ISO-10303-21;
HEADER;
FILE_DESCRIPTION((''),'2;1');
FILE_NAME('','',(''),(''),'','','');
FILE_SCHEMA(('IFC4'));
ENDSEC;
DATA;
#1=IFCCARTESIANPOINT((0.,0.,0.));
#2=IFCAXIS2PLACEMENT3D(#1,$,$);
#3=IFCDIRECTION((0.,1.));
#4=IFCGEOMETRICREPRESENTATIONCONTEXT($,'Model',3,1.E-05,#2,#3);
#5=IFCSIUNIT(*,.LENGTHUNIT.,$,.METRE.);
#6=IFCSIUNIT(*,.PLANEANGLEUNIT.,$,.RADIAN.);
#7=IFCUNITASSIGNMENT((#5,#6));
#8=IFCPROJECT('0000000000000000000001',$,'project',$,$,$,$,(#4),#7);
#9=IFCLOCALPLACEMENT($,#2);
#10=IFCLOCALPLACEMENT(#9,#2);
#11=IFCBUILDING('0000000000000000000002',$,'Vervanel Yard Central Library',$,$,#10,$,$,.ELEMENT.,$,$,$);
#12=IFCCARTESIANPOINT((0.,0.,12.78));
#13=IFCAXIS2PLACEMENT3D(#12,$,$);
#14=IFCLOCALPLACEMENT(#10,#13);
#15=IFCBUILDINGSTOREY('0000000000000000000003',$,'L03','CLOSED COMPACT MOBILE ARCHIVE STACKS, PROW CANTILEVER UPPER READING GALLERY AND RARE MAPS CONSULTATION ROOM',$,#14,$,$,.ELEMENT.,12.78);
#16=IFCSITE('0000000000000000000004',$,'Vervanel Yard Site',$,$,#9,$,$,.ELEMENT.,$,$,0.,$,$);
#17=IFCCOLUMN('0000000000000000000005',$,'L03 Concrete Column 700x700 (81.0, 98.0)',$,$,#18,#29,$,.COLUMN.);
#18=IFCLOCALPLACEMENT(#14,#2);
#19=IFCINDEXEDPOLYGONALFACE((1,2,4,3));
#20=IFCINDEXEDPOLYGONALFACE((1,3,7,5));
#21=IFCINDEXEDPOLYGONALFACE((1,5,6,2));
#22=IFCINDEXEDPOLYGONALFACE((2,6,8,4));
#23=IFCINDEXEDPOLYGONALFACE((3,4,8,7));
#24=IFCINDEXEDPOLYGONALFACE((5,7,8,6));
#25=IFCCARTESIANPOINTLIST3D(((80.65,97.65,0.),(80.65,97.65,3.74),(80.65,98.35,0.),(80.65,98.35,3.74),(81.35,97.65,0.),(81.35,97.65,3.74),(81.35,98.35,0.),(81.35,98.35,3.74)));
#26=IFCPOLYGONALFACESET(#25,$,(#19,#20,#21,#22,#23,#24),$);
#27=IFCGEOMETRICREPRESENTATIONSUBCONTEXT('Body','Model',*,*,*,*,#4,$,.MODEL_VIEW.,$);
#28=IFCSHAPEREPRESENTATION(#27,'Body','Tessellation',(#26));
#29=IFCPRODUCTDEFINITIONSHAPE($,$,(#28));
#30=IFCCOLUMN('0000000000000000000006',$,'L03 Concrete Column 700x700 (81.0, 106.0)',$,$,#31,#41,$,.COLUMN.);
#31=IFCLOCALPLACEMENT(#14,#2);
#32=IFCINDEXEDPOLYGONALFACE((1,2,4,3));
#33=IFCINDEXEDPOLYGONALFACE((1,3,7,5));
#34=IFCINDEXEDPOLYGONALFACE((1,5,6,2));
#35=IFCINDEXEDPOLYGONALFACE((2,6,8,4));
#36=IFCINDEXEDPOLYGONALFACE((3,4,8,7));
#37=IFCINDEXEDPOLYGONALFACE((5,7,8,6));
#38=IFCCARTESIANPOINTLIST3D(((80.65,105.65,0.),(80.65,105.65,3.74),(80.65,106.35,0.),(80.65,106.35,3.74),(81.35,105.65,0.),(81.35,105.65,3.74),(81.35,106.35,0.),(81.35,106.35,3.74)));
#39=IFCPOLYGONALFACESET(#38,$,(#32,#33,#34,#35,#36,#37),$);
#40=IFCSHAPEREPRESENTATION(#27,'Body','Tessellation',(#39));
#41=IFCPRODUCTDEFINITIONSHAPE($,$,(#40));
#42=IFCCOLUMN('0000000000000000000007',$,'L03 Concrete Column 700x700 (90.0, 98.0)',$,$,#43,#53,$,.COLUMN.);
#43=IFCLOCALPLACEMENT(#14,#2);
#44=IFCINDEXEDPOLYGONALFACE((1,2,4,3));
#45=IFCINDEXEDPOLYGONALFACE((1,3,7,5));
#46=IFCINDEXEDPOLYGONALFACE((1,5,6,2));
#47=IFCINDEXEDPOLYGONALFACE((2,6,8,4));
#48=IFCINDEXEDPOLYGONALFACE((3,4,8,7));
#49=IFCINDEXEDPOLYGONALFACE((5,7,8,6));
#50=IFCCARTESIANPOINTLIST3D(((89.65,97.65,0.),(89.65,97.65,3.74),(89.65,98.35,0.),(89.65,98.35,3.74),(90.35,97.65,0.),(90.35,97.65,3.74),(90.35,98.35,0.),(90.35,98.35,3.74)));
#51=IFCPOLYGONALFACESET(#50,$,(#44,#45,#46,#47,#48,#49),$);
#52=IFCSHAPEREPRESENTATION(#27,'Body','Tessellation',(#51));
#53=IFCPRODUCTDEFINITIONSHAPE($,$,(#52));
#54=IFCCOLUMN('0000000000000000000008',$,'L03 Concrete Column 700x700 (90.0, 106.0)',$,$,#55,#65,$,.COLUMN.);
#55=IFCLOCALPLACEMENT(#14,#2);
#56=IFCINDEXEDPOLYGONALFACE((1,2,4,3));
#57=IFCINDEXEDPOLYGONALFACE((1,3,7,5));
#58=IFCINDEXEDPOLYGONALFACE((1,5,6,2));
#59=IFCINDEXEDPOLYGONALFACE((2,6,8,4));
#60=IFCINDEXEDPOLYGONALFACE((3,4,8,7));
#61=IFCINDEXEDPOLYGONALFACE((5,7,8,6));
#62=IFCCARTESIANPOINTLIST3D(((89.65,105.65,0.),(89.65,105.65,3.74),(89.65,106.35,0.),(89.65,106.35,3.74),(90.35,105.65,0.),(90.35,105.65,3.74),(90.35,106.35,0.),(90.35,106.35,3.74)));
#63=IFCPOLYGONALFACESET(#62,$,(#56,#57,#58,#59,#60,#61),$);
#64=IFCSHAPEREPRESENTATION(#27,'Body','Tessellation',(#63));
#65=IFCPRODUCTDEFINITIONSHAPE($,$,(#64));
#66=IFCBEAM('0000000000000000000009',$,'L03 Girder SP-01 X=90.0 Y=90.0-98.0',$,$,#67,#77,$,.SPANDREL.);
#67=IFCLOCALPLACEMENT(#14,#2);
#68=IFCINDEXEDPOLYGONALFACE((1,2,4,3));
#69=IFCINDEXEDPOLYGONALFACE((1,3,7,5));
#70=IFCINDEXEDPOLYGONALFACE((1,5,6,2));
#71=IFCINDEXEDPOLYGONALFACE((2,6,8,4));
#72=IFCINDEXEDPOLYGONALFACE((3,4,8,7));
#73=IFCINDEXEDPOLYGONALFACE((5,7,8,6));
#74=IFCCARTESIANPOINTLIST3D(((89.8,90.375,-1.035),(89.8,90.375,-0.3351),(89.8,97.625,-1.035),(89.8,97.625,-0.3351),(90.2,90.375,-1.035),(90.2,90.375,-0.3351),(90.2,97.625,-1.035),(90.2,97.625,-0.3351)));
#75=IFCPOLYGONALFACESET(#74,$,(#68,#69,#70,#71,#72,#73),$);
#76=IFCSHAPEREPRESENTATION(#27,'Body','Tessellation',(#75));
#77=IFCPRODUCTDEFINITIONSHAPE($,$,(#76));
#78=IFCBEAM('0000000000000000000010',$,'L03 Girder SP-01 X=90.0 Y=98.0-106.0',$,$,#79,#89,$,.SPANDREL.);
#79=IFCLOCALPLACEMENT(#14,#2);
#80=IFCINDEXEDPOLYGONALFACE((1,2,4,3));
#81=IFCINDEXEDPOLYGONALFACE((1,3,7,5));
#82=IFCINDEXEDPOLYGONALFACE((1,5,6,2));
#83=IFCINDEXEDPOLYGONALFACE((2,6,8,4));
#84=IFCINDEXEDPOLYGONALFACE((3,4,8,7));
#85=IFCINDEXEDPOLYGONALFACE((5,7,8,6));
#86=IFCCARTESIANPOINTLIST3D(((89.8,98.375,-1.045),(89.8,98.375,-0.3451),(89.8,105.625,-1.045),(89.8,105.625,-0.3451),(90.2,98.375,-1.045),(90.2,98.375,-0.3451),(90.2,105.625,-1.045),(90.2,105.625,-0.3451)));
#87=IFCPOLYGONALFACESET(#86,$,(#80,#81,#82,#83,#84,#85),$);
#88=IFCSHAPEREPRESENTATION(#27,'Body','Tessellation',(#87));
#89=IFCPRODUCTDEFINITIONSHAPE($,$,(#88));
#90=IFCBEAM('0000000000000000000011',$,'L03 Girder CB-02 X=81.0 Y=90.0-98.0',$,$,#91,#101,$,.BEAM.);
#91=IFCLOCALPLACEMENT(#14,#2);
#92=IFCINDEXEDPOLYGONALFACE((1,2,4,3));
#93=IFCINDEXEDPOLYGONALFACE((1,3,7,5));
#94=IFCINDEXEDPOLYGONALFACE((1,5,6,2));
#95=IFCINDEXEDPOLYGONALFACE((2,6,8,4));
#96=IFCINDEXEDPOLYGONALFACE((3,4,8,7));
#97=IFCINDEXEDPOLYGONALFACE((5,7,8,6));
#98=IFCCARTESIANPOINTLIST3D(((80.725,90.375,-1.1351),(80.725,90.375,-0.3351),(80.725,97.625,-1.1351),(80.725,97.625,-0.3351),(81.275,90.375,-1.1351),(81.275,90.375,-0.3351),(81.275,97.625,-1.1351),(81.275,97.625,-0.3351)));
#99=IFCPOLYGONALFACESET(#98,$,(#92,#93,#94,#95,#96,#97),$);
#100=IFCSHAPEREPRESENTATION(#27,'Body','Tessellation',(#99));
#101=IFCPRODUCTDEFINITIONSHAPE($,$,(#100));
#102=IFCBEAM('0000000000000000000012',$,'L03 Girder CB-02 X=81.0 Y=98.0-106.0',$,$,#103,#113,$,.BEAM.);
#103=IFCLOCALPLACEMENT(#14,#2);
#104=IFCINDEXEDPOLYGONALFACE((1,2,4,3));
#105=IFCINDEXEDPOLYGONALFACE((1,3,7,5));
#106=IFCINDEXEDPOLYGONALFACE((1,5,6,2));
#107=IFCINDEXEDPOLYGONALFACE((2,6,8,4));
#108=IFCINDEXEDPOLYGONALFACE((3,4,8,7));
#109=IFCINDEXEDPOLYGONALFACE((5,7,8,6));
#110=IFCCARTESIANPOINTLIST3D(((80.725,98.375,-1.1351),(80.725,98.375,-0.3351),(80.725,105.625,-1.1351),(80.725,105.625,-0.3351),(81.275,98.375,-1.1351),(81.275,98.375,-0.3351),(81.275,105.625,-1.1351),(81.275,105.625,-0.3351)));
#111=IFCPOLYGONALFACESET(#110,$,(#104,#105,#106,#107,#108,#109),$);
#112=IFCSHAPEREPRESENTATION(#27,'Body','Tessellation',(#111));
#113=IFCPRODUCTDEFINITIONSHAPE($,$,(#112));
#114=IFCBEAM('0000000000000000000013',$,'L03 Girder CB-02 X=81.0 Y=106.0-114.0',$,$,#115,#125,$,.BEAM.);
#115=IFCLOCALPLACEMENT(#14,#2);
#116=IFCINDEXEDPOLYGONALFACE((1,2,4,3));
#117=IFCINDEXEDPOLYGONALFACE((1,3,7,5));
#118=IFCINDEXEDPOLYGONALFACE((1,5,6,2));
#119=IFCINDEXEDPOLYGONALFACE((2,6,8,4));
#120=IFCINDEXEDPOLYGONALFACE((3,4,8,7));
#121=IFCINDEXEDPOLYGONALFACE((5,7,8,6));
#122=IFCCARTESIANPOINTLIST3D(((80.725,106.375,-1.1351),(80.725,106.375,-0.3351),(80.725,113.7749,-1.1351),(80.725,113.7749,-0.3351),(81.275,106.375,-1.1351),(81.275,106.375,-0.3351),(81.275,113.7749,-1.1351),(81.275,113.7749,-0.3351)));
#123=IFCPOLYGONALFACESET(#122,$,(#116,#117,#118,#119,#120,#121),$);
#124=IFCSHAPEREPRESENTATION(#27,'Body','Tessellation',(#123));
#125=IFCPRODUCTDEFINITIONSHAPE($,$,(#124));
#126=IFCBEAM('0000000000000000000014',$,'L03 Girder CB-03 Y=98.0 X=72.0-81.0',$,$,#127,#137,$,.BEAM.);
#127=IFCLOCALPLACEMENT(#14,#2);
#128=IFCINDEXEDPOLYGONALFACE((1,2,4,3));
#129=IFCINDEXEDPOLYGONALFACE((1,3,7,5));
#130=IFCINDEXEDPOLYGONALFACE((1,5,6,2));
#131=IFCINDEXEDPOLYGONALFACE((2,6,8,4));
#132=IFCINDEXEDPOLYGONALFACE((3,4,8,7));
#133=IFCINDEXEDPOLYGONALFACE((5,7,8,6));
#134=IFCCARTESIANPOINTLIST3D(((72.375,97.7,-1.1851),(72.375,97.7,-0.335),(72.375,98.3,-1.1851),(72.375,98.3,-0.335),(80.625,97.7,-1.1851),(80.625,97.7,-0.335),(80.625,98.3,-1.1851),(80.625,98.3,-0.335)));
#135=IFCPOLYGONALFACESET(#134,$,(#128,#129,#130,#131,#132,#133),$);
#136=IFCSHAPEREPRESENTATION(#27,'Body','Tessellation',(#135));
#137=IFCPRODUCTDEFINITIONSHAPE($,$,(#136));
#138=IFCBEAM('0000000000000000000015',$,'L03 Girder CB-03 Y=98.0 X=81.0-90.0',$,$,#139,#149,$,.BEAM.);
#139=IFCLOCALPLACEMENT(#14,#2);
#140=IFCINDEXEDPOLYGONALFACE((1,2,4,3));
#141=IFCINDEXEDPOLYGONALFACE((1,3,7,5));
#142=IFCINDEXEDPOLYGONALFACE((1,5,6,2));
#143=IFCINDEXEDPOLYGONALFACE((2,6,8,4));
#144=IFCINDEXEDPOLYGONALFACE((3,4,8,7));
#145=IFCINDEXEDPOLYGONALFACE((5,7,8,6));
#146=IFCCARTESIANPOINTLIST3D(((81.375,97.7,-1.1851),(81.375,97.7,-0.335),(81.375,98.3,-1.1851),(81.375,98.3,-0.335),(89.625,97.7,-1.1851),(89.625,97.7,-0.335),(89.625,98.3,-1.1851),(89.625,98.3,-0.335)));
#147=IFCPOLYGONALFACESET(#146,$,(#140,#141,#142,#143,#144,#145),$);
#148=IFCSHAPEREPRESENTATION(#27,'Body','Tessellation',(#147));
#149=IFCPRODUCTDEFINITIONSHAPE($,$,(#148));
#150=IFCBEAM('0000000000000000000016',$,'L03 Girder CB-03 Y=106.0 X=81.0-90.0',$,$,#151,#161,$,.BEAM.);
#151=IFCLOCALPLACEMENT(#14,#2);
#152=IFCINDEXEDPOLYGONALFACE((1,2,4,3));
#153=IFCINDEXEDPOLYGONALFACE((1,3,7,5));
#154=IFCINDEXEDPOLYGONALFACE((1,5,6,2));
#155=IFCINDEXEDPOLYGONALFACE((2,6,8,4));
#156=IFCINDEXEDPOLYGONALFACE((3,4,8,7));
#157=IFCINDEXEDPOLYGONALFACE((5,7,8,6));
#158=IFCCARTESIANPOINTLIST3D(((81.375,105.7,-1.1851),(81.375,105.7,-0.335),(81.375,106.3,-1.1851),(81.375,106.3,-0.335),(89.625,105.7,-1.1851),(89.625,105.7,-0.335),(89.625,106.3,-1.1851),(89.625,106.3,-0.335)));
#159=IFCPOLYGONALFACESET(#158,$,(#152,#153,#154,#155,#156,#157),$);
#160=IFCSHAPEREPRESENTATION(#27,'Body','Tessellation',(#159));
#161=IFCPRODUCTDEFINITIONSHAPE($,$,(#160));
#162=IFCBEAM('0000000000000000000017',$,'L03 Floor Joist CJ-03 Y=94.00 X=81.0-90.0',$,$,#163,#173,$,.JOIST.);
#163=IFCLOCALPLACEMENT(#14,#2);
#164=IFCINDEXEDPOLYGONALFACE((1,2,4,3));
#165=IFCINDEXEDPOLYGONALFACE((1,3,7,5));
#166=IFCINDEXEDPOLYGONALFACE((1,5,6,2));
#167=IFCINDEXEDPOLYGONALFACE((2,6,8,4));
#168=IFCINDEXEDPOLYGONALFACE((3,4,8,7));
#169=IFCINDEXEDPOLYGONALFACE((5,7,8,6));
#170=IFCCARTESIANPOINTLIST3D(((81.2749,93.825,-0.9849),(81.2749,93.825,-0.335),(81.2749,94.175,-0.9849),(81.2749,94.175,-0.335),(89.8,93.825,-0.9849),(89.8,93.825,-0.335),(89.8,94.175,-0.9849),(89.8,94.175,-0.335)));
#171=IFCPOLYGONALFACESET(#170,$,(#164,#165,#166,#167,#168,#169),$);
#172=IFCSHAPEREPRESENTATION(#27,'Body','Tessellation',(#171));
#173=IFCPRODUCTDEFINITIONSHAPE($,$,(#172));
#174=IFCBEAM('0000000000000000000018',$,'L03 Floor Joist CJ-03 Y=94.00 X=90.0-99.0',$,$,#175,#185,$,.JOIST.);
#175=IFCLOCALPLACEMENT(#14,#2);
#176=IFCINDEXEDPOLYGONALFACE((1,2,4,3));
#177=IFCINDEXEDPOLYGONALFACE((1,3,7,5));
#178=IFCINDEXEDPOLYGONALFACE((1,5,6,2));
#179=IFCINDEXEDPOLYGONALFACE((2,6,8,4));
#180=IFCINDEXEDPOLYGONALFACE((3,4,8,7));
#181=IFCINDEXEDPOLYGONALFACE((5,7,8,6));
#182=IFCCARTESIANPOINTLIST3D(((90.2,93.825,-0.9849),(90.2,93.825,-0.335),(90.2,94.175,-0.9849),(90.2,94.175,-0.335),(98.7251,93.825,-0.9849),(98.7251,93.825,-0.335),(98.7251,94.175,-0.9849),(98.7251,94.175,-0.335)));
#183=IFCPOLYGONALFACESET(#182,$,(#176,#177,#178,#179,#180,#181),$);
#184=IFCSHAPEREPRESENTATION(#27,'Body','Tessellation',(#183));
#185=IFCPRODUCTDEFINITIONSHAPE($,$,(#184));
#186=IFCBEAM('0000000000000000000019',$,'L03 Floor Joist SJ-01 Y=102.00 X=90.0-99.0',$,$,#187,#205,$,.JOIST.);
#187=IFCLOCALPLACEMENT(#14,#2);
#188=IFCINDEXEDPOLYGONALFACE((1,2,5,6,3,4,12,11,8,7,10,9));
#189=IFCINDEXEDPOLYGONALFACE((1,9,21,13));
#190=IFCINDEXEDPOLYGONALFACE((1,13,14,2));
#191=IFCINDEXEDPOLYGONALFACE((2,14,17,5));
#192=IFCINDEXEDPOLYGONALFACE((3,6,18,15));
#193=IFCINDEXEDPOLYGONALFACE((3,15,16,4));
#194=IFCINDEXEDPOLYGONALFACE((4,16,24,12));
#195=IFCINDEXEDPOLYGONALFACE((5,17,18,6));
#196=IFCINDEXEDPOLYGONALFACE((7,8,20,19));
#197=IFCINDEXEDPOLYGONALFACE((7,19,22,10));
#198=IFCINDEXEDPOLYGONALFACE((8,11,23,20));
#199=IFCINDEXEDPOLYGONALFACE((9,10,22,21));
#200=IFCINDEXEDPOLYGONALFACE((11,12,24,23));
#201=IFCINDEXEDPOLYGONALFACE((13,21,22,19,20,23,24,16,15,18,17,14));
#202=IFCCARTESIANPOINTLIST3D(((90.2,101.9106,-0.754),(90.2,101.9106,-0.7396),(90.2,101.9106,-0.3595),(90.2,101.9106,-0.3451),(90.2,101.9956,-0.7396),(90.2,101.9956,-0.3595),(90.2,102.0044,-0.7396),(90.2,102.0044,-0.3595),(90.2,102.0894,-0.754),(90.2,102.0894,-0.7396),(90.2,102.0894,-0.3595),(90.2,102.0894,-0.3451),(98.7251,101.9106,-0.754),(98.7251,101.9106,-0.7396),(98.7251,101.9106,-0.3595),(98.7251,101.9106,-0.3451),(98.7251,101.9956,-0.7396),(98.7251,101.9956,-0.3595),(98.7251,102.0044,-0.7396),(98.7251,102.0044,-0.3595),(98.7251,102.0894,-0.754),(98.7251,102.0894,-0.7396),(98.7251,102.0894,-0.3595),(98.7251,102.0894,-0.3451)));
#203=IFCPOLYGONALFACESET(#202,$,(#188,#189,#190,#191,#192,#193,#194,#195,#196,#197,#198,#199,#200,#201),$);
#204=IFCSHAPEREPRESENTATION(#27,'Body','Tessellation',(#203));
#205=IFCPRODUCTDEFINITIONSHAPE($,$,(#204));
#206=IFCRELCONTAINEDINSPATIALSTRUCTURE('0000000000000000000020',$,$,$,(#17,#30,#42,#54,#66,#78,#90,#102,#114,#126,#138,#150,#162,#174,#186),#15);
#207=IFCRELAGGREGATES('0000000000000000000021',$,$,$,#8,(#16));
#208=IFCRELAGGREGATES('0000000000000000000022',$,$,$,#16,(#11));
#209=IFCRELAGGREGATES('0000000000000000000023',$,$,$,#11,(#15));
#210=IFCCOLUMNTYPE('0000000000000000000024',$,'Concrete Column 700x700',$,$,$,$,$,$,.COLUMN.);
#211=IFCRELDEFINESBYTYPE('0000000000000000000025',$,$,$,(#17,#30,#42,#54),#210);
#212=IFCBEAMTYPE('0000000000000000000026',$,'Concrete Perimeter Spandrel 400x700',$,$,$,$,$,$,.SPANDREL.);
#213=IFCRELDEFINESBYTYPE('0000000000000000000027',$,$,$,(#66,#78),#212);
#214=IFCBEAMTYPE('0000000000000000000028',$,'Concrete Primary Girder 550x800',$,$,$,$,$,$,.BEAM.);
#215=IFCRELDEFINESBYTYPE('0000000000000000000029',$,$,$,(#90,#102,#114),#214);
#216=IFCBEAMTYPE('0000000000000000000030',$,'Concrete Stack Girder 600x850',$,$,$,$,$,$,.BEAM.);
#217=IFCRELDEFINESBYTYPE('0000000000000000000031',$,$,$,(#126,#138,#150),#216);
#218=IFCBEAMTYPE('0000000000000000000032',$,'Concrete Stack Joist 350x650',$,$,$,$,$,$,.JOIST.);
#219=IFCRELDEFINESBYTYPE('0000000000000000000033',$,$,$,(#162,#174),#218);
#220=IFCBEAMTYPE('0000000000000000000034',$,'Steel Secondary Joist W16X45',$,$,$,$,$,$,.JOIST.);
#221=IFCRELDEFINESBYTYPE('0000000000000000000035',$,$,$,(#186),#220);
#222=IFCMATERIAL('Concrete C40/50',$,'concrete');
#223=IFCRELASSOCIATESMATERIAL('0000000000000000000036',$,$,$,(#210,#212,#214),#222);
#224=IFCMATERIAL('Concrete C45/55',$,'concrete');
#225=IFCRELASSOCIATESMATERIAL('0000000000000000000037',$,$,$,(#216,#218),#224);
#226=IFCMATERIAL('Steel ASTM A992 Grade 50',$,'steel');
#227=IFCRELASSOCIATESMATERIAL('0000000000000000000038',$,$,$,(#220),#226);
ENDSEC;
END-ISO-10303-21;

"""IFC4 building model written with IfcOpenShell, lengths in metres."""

from ifc_helpers import new_model, si_unit, direction, frame, origin, origin_2d, place, context, subcontext, project, spatial, rectangle, i_section, extrude, material, material_profile, profile_set, type_object, element, save


model = new_model("IFC4")

# Units and contexts
model_context = context("Model", 3, precision=1e-05, world=origin(), true_north=direction((0.0, 1.0)))
body_context = subcontext(model_context, "Body", "Model", "MODEL_VIEW")
ifc_project = project(units=[si_unit("LENGTHUNIT", "METRE"), si_unit("PLANEANGLEUNIT", "RADIAN")], contexts=[model_context])

# Site, building, storey
site_placement = place(None, origin())
site = spatial("IfcSite", under=ifc_project, at=site_placement, Name="Vervanel Yard Site", CompositionType="ELEMENT", RefElevation=0.0)
building_placement = place(site_placement, origin())
building = spatial("IfcBuilding", under=site, at=building_placement, Name="Vervanel Yard Central Library", CompositionType="ELEMENT")
storey_placement = place(building_placement, frame((0.0, 0.0, 12.78)))
storey = spatial("IfcBuildingStorey", under=building, at=storey_placement, Name="L03", Description="CLOSED COMPACT MOBILE ARCHIVE STACKS, PROW CANTILEVER UPPER READING GALLERY AND RARE MAPS CONSULTATION ROOM", CompositionType="ELEMENT", Elevation=12.78)

# Columns
ifc_material_1 = material(Name="Concrete C40/50", Category="concrete")
ifc_material_profile_1 = material_profile(ifc_material_1, rectangle(XDim=0.7, YDim=0.7, at=origin_2d()), Name="RC 700x700", Category="concrete")
ifc_profile_set_1 = profile_set([ifc_material_profile_1], Name="Concrete C40/50")
column_type = type_object("IfcColumnType", Name="Concrete Column 700x700", PredefinedType="COLUMN", material=ifc_profile_set_1)
for number, where, z_axis, x_axis, name in (
    (1, (81.0, 98.0, 0.0), (0.0, 0.0, 1.0), (1.0, 0.0, 0.0), "L03 Concrete Column 700x700 (81.0, 98.0)"),
    (2, (81.0, 106.0, 0.0), (0.0, 0.0, 1.0), (1.0, 0.0, 0.0), "L03 Concrete Column 700x700 (81.0, 106.0)"),
    (3, (90.0, 98.0, 0.0), (0.0, 0.0, 1.0), (1.0, 0.0, 0.0), "L03 Concrete Column 700x700 (90.0, 98.0)"),
    (4, (90.0, 106.0, 0.0), (0.0, 0.0, 1.0), (1.0, 0.0, 0.0), "L03 Concrete Column 700x700 (90.0, 106.0)"),
):
    element("IfcColumn", number, at=place(storey_placement, frame(where, z_axis=z_axis, x_axis=x_axis)), inside=storey, type_object=column_type, Name=name, PredefinedType="COLUMN", context=body_context, shape_type="SweptSolid", body=[
        extrude(rectangle(XDim=0.7, YDim=0.7, at=origin_2d()), origin(), (0.0, 0.0, 1.0), 3.74),
    ])

# Beams
ifc_material_profile_2 = material_profile(ifc_material_1, rectangle(XDim=0.3999, YDim=0.7, at=origin_2d()), Name="RC 400x700", Category="concrete")
ifc_profile_set_2 = profile_set([ifc_material_profile_2], Name="Concrete C40/50")
beam_type_1 = type_object("IfcBeamType", Name="Concrete Perimeter Spandrel 400x700", PredefinedType="SPANDREL", material=ifc_profile_set_2)
for number, where, z_axis, x_axis, name in (
    (5, (90.0, 90.375, -0.6851), (0.0, 1.0, 0.0), (-1.0, 0.0, 0.0), "L03 Girder SP-01 X=90.0 Y=90.0-98.0"),
    (6, (90.0, 98.375, -0.6951), (0.0, 1.0, 0.0), (-1.0, 0.0, 0.0), "L03 Girder SP-01 X=90.0 Y=98.0-106.0"),
):
    element("IfcBeam", number, at=place(storey_placement, frame(where, z_axis=z_axis, x_axis=x_axis)), inside=storey, type_object=beam_type_1, Name=name, PredefinedType="SPANDREL", context=body_context, shape_type="SweptSolid", body=[
        extrude(rectangle(XDim=0.3999, YDim=0.7, at=origin_2d()), origin(), (0.0, 0.0, 1.0), 7.25),
    ])
ifc_material_profile_3 = material_profile(ifc_material_1, rectangle(XDim=0.55, YDim=0.8, at=origin_2d()), Name="RC 550x800", Category="concrete")
ifc_profile_set_3 = profile_set([ifc_material_profile_3], Name="Concrete C40/50")
beam_type_2 = type_object("IfcBeamType", Name="Concrete Primary Girder 550x800", PredefinedType="BEAM", material=ifc_profile_set_3)
for number, where, z_axis, x_axis, name in (
    (7, (81.0, 90.375, -0.7351), (0.0, 1.0, 0.0), (-1.0, 0.0, 0.0), "L03 Girder CB-02 X=81.0 Y=90.0-98.0"),
    (8, (81.0, 98.375, -0.7351), (0.0, 1.0, 0.0), (-1.0, 0.0, 0.0), "L03 Girder CB-02 X=81.0 Y=98.0-106.0"),
):
    element("IfcBeam", number, at=place(storey_placement, frame(where, z_axis=z_axis, x_axis=x_axis)), inside=storey, type_object=beam_type_2, Name=name, PredefinedType="BEAM", context=body_context, shape_type="SweptSolid", body=[
        extrude(rectangle(XDim=0.55, YDim=0.8, at=origin_2d()), origin(), (0.0, 0.0, 1.0), 7.25),
    ])
beam_1_placement = place(storey_placement, frame((81.0, 106.375, -0.7351), z_axis=(0.0, 1.0, 0.0), x_axis=(-1.0, 0.0, 0.0)))
element("IfcBeam", 9, at=beam_1_placement, inside=storey, type_object=beam_type_2, Name="L03 Girder CB-02 X=81.0 Y=106.0-114.0", PredefinedType="BEAM", context=body_context, shape_type="SweptSolid", body=[
    extrude(rectangle(XDim=0.55, YDim=0.8, at=origin_2d()), origin(), (0.0, 0.0, 1.0), 7.3999),
])
ifc_material_2 = material(Name="Concrete C45/55", Category="concrete")
ifc_material_profile_4 = material_profile(ifc_material_2, rectangle(XDim=0.6001, YDim=0.8501, at=origin_2d()), Name="RC 600x850", Category="concrete")
ifc_profile_set_4 = profile_set([ifc_material_profile_4], Name="Concrete C45/55")
beam_type_3 = type_object("IfcBeamType", Name="Concrete Stack Girder 600x850", PredefinedType="BEAM", material=ifc_profile_set_4)
for number, where, z_axis, x_axis, name in (
    (10, (72.375, 98.0, -0.76), (1.0, 0.0, 0.0), (0.0, 1.0, 0.0), "L03 Girder CB-03 Y=98.0 X=72.0-81.0"),
    (11, (81.375, 98.0, -0.76), (1.0, 0.0, 0.0), (0.0, 1.0, 0.0), "L03 Girder CB-03 Y=98.0 X=81.0-90.0"),
    (12, (81.375, 106.0, -0.76), (1.0, 0.0, 0.0), (0.0, 1.0, 0.0), "L03 Girder CB-03 Y=106.0 X=81.0-90.0"),
):
    element("IfcBeam", number, at=place(storey_placement, frame(where, z_axis=z_axis, x_axis=x_axis)), inside=storey, type_object=beam_type_3, Name=name, PredefinedType="BEAM", context=body_context, shape_type="SweptSolid", body=[
        extrude(rectangle(XDim=0.6001, YDim=0.8501, at=origin_2d()), origin(), (0.0, 0.0, 1.0), 8.25),
    ])
ifc_material_profile_5 = material_profile(ifc_material_2, rectangle(XDim=0.3501, YDim=0.6499, at=origin_2d()), Name="RC 350x650", Category="concrete")
ifc_profile_set_5 = profile_set([ifc_material_profile_5], Name="Concrete C45/55")
beam_type_4 = type_object("IfcBeamType", Name="Concrete Stack Joist 350x650", PredefinedType="JOIST", material=ifc_profile_set_5)
for number, where, z_axis, x_axis, name in (
    (13, (81.2749, 94.0, -0.6599), (1.0, 0.0, 0.0), (0.0, 1.0, 0.0), "L03 Floor Joist CJ-03 Y=94.00 X=81.0-90.0"),
    (14, (90.2, 94.0, -0.6599), (1.0, 0.0, 0.0), (0.0, 1.0, 0.0), "L03 Floor Joist CJ-03 Y=94.00 X=90.0-99.0"),
):
    element("IfcBeam", number, at=place(storey_placement, frame(where, z_axis=z_axis, x_axis=x_axis)), inside=storey, type_object=beam_type_4, Name=name, PredefinedType="JOIST", context=body_context, shape_type="SweptSolid", body=[
        extrude(rectangle(XDim=0.3501, YDim=0.6499, at=origin_2d()), origin(), (0.0, 0.0, 1.0), 8.5251),
    ])
ifc_material_3 = material(Name="Steel ASTM A992 Grade 50", Category="steel")
ifc_material_profile_6 = material_profile(ifc_material_3, i_section(OverallWidth=0.1787, OverallDepth=0.4089, WebThickness=0.0088, FlangeThickness=0.0144, at=origin_2d()), Name="W16X45", Category="steel")
ifc_profile_set_6 = profile_set([ifc_material_profile_6], Name="Steel ASTM A992 Grade 50")
beam_type_5 = type_object("IfcBeamType", Name="Steel Secondary Joist W16X45", PredefinedType="JOIST", material=ifc_profile_set_6)
beam_2_placement = place(storey_placement, frame((90.2, 102.0, -0.5496), z_axis=(1.0, 0.0, 0.0), x_axis=(0.0, 1.0, 0.0)))
element("IfcBeam", 15, at=beam_2_placement, inside=storey, type_object=beam_type_5, Name="L03 Floor Joist SJ-01 Y=102.00 X=90.0-99.0", PredefinedType="JOIST", context=body_context, shape_type="SweptSolid", body=[
    extrude(i_section(OverallWidth=0.1787, OverallDepth=0.4089, WebThickness=0.0088, FlangeThickness=0.0144, at=origin_2d()), origin(), (0.0, 0.0, 1.0), 8.5251),
])

save(model, "model.ifc")
